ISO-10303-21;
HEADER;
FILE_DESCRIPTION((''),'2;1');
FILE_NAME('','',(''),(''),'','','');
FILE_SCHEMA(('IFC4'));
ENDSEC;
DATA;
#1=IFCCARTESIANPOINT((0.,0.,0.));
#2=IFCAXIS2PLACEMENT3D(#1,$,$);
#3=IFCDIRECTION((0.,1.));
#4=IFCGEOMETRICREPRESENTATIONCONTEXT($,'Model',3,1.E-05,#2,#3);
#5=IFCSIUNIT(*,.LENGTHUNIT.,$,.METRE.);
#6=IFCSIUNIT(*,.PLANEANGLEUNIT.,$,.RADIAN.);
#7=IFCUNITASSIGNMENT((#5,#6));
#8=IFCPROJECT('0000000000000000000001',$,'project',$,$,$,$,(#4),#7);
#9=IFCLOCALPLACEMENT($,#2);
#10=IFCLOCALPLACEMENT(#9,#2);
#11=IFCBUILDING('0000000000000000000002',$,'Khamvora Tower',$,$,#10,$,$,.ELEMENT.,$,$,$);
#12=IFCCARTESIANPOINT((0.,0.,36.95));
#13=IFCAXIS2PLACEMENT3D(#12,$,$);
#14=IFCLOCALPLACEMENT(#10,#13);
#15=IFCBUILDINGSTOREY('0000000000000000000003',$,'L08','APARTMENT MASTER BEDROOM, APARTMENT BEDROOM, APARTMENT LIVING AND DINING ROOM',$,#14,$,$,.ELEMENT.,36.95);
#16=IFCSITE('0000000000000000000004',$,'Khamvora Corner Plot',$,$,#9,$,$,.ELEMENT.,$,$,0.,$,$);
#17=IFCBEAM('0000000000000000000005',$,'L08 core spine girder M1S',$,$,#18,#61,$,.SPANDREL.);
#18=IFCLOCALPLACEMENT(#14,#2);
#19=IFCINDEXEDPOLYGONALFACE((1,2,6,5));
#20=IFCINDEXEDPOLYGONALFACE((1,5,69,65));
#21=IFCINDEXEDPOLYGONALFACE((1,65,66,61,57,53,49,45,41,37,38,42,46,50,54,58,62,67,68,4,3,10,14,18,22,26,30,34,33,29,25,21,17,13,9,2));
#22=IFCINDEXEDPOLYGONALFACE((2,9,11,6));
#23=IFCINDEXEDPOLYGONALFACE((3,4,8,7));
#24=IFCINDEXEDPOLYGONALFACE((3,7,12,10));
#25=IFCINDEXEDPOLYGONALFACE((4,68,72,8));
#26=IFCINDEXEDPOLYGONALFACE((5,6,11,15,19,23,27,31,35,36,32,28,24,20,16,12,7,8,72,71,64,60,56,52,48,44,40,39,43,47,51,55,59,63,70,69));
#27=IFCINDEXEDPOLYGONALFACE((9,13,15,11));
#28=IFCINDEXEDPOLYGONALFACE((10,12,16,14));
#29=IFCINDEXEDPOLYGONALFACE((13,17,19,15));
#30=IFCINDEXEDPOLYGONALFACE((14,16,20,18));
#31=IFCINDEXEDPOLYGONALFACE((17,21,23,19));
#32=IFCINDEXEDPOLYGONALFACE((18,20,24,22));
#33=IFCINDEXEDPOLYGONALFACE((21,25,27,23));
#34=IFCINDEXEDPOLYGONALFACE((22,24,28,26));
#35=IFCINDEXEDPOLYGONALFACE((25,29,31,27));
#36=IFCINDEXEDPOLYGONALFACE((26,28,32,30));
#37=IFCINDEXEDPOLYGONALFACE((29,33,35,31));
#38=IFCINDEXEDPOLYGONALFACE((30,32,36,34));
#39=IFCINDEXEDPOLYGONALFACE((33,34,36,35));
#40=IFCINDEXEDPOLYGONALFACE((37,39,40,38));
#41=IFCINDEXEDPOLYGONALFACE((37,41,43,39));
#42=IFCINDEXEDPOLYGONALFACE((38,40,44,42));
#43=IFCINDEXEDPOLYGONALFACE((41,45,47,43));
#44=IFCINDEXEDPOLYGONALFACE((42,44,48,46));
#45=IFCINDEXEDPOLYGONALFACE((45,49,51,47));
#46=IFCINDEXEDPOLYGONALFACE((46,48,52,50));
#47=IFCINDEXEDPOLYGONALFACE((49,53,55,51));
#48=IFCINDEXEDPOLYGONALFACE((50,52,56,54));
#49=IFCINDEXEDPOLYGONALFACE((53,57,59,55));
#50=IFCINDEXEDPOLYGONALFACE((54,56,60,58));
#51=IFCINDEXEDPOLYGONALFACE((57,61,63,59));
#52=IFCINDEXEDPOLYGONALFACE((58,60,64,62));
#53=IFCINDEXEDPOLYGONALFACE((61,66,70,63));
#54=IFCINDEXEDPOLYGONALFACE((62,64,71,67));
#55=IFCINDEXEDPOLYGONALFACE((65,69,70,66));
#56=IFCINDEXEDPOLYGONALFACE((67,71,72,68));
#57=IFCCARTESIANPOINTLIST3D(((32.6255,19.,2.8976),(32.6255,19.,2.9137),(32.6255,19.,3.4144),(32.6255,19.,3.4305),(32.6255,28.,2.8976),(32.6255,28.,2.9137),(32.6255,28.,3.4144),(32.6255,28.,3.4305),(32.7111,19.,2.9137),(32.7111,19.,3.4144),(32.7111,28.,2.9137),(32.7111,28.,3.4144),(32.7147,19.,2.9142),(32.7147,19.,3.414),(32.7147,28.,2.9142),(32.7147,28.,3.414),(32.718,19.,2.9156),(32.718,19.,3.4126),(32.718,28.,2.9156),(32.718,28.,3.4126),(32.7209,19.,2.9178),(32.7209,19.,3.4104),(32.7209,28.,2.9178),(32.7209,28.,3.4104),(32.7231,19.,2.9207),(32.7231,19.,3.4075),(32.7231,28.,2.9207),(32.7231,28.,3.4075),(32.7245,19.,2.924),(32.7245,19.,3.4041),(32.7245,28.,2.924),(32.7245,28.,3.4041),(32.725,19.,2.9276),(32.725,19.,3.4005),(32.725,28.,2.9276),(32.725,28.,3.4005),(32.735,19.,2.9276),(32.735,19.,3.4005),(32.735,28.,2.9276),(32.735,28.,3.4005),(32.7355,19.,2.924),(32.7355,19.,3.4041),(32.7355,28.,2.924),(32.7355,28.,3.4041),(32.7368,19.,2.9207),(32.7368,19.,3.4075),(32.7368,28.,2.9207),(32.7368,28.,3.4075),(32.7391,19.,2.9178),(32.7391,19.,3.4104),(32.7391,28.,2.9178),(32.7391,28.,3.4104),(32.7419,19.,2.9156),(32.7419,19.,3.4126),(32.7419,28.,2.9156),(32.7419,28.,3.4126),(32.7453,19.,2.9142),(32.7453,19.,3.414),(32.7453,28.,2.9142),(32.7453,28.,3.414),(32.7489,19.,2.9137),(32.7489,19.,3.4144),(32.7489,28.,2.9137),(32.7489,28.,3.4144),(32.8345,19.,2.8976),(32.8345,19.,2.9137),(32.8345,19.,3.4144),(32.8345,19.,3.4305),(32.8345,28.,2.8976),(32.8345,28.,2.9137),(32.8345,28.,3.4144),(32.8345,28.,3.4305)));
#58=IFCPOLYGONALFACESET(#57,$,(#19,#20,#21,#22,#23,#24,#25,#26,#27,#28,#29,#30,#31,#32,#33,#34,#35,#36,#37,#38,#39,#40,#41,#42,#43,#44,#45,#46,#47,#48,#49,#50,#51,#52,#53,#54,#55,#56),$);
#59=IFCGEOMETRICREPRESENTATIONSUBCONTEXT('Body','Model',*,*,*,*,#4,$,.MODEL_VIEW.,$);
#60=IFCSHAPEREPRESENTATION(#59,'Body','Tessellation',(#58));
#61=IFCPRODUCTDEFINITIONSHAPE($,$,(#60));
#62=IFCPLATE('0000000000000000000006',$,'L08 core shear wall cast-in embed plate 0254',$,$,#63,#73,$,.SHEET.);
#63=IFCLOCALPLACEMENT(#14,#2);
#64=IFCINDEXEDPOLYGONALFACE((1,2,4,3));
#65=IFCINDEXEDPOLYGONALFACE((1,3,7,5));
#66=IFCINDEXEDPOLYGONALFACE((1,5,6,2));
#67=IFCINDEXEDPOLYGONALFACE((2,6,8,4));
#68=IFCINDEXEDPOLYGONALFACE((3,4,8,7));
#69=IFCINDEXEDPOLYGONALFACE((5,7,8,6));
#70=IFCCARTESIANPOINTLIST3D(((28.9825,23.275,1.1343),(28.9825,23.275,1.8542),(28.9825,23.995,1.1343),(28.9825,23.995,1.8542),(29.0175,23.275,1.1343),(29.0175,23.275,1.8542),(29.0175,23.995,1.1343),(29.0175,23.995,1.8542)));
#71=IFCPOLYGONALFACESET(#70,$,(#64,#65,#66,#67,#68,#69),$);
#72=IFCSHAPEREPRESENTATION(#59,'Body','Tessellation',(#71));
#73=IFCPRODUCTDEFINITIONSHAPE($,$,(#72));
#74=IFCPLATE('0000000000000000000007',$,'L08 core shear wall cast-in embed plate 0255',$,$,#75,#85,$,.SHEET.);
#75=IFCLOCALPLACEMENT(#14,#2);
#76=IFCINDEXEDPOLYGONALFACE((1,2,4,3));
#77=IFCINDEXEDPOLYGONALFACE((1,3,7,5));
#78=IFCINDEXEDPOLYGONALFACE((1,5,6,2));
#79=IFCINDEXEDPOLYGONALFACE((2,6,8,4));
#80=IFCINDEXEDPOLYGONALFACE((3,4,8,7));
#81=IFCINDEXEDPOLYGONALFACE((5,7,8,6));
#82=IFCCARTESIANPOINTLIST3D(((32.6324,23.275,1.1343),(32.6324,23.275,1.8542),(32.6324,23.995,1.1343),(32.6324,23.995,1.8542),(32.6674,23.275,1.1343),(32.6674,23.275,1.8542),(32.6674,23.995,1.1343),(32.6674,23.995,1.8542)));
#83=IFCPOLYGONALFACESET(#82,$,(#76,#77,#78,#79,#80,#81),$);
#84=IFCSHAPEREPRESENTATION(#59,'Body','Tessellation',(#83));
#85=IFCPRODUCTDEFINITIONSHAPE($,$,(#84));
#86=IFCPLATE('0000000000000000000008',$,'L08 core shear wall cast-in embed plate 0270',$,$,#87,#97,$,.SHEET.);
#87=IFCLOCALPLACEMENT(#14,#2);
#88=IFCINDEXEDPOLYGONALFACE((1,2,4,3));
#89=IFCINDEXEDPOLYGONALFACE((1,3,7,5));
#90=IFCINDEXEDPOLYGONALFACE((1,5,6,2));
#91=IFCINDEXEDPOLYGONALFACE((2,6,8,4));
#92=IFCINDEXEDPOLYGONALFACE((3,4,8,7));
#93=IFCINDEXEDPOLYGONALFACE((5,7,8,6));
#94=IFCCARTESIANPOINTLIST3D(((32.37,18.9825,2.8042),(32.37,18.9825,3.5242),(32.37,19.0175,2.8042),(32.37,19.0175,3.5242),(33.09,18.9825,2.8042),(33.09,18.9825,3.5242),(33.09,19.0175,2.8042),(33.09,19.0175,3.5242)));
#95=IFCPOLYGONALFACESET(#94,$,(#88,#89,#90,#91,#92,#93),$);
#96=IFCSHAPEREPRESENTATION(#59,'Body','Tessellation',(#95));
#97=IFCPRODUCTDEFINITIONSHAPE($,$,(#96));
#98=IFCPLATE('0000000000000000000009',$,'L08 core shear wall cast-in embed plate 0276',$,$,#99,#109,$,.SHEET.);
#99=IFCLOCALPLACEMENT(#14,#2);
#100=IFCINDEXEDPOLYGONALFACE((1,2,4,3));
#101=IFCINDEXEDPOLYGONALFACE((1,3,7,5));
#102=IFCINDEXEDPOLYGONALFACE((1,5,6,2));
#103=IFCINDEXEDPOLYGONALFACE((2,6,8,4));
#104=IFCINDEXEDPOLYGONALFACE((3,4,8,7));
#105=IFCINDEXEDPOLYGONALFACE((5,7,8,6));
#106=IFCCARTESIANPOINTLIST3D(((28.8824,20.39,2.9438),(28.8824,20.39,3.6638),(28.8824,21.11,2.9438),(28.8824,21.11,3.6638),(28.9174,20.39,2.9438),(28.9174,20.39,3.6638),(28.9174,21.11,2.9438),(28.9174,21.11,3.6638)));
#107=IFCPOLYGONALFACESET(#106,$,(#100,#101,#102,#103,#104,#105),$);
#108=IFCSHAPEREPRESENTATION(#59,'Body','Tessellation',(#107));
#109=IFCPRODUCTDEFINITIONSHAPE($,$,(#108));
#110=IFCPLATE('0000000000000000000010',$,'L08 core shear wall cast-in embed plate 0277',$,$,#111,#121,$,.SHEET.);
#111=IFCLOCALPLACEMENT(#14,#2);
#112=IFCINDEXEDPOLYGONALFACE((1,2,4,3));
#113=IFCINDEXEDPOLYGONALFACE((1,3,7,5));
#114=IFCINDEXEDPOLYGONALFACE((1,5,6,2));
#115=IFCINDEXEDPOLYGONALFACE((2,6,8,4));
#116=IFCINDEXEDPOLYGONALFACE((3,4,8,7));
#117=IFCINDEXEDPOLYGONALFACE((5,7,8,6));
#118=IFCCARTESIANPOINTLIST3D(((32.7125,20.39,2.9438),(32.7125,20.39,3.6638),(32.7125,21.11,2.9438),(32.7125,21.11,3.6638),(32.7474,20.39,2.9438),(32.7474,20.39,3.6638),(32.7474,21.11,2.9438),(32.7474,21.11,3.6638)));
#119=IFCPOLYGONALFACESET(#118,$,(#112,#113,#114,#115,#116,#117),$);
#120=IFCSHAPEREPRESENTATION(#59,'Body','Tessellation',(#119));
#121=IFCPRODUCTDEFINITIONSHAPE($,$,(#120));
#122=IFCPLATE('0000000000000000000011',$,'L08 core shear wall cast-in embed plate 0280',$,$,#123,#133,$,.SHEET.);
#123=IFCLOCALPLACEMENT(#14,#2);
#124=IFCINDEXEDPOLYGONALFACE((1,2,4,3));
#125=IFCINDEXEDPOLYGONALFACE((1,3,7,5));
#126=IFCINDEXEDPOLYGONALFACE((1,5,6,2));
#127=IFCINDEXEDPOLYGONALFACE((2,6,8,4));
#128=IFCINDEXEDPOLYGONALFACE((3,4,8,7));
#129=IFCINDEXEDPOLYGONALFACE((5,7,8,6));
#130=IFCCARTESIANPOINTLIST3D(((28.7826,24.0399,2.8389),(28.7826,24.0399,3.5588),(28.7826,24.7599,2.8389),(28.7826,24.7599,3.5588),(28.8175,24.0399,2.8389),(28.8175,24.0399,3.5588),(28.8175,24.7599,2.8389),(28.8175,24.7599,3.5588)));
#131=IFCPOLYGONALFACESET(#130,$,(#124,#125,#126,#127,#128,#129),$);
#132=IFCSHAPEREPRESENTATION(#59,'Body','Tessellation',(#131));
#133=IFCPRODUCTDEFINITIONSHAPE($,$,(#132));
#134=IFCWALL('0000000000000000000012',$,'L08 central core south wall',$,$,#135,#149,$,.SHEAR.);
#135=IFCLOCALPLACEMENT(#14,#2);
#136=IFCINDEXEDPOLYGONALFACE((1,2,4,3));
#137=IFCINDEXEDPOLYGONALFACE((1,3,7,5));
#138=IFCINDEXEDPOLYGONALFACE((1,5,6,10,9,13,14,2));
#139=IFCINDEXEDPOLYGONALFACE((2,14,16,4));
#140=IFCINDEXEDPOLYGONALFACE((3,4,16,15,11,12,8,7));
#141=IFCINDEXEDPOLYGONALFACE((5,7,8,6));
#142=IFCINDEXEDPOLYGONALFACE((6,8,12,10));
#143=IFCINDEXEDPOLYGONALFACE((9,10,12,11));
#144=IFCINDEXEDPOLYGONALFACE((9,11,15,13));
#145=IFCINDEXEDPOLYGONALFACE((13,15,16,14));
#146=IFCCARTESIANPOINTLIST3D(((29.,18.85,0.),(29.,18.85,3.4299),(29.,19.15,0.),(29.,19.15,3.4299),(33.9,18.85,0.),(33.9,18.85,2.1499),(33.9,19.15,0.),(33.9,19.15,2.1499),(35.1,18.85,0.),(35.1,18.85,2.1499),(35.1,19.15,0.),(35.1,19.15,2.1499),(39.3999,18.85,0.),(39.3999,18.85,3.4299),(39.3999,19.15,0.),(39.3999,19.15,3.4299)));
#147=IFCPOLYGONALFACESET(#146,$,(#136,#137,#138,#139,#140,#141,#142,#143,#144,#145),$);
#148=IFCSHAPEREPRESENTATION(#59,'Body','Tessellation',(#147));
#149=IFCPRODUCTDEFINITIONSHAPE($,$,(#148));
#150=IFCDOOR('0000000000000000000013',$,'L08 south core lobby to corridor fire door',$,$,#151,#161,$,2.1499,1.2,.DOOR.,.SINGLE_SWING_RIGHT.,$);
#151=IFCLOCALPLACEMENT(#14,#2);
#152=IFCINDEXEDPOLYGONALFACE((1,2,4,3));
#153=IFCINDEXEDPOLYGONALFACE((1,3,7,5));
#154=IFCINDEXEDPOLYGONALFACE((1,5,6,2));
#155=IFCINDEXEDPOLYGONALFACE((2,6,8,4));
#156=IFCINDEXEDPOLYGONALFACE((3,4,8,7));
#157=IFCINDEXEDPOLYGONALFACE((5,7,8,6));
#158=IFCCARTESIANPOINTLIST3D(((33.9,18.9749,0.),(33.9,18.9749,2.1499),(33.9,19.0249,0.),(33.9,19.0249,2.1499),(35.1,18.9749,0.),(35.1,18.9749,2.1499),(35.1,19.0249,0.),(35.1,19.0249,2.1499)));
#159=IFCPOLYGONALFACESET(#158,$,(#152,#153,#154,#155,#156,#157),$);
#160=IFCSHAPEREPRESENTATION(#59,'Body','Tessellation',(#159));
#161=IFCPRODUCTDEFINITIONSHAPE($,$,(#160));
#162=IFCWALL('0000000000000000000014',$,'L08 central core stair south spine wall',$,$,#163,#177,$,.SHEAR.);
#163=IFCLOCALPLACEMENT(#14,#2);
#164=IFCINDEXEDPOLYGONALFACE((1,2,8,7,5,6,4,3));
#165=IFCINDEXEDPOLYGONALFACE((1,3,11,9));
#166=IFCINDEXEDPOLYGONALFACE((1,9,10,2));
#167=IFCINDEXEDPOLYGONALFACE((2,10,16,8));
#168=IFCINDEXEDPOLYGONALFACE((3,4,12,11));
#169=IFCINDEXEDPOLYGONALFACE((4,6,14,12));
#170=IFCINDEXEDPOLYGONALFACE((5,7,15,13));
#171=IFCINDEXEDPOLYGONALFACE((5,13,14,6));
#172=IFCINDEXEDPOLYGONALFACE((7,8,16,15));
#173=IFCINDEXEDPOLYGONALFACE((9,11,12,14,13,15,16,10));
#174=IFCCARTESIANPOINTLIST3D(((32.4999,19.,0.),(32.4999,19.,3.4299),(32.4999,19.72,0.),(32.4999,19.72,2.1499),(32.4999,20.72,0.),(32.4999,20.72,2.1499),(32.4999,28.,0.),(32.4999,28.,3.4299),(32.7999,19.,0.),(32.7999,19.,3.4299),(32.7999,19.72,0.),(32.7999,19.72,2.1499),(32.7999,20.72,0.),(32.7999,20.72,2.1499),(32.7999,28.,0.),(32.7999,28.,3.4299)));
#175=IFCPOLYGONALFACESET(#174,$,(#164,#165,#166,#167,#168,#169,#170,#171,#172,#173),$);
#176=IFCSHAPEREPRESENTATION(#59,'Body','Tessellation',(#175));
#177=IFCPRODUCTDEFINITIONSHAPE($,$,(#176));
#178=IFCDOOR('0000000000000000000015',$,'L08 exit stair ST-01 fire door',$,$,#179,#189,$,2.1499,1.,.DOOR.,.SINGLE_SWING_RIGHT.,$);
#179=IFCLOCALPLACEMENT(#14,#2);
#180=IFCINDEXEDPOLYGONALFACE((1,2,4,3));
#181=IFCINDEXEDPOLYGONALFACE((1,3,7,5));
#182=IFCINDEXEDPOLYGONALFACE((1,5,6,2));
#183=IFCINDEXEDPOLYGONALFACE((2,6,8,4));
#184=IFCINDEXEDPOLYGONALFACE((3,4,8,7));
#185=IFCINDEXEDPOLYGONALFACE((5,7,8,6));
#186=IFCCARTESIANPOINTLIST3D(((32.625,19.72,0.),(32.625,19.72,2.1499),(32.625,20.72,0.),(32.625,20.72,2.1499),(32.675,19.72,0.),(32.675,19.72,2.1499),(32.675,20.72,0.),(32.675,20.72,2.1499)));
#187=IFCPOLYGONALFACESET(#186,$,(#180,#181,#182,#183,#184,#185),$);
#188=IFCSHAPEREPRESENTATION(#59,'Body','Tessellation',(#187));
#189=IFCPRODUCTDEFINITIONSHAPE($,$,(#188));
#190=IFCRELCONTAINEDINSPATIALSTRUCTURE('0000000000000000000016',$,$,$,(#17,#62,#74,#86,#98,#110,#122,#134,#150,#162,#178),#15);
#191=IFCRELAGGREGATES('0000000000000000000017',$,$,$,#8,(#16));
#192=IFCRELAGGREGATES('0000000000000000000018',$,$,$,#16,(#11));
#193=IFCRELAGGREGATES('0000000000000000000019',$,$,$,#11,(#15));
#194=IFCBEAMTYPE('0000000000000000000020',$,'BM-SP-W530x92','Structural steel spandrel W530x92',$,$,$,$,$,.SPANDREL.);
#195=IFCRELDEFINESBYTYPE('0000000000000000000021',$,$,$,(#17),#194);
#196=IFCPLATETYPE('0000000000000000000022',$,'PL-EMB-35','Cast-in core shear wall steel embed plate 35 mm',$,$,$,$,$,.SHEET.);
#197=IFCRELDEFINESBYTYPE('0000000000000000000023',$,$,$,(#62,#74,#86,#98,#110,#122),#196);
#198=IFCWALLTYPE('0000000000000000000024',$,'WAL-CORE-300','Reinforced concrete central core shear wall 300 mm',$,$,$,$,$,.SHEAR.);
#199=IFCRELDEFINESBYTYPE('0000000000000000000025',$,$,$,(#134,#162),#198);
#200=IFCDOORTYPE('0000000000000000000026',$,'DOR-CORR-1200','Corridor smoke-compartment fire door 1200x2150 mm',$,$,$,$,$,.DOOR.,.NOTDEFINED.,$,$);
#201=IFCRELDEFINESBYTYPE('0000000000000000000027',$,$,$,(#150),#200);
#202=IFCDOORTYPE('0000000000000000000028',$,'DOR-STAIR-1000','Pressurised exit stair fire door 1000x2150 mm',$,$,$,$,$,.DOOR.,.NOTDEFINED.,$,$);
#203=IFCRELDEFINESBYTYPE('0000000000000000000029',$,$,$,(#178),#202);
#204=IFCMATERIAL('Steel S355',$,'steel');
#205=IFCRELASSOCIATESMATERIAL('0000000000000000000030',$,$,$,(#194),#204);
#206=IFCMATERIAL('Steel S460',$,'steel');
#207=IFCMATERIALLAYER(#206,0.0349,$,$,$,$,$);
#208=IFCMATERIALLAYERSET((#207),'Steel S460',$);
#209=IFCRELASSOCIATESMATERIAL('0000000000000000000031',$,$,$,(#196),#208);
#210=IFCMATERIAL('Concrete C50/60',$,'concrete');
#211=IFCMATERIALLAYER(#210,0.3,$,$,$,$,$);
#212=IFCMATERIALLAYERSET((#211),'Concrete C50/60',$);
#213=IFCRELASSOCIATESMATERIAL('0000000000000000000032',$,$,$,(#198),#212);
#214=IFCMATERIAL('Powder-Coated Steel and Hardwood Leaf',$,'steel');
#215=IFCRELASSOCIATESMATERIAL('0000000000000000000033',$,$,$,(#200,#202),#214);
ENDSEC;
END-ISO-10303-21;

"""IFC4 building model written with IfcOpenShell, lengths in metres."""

from ifc_helpers import new_model, si_unit, direction, frame, frame_2d, origin, origin_2d, place, context, subcontext, project, spatial, rectangle, i_section, extrude, material, layer, layer_set, material_profile, profile_set, type_object, element, fill, save


model = new_model("IFC4")

# Units and contexts
model_context = context("Model", 3, precision=1e-05, world=origin(), true_north=direction((0.0, 1.0)))
body_context = subcontext(model_context, "Body", "Model", "MODEL_VIEW")
ifc_project = project(units=[si_unit("LENGTHUNIT", "METRE"), si_unit("PLANEANGLEUNIT", "RADIAN")], contexts=[model_context])

# Site, building, storey
site_placement = place(None, origin())
site = spatial("IfcSite", under=ifc_project, at=site_placement, Name="Khamvora Corner Plot", CompositionType="ELEMENT", RefElevation=0.0)
building_placement = place(site_placement, origin())
building = spatial("IfcBuilding", under=site, at=building_placement, Name="Khamvora Tower", CompositionType="ELEMENT")
storey_placement = place(building_placement, frame((0.0, 0.0, 36.95)))
storey = spatial("IfcBuildingStorey", under=building, at=storey_placement, Name="L08", Description="APARTMENT MASTER BEDROOM, APARTMENT BEDROOM, APARTMENT LIVING AND DINING ROOM", CompositionType="ELEMENT", Elevation=36.95)

# Beam
ifc_material_1 = material(Name="Steel S355", Category="steel")
ifc_material_profile_1 = material_profile(ifc_material_1, i_section(OverallWidth=0.209, OverallDepth=0.533, WebThickness=0.01, FlangeThickness=0.0161, FilletRadius=0.0139, at=origin_2d()), Name="W530x92")
ifc_profile_set_1 = profile_set([ifc_material_profile_1], Name="Steel S355")
beam_type_1 = type_object("IfcBeamType", Name="BM-SP-W530x92", Description="Structural steel spandrel W530x92", PredefinedType="SPANDREL", material=ifc_profile_set_1)
beam_1_placement = place(storey_placement, frame((32.73, 19.0, 3.1641), z_axis=(0.0, 1.0, 0.0), x_axis=(-1.0, 0.0, 0.0)))
element("IfcBeam", 1, at=beam_1_placement, inside=storey, type_object=beam_type_1, Name="L08 core spine girder M1S", PredefinedType="SPANDREL", context=body_context, shape_type="SweptSolid", body=[
    extrude(i_section(OverallWidth=0.209, OverallDepth=0.533, WebThickness=0.01, FlangeThickness=0.0161, FilletRadius=0.0139, at=origin_2d()), origin(), (0.0, 0.0, 1.0), 9.0),
])

# Plates
ifc_material_2 = material(Name="Steel S460", Category="steel")
ifc_layer_1 = layer(ifc_material_2, 0.0349)
ifc_layer_set_1 = layer_set([ifc_layer_1], Name="Steel S460")
plate_type = type_object("IfcPlateType", Name="PL-EMB-35", Description="Cast-in core shear wall steel embed plate 35 mm", PredefinedType="SHEET", material=ifc_layer_set_1)
for number, where, z_axis, x_axis, name in (
    (2, (29.0, 23.635, 1.1343), (0.0, 0.0, 1.0), (1.0, 0.0, 0.0), "L08 core shear wall cast-in embed plate 0254"),
    (3, (32.6499, 23.635, 1.1343), (0.0, 0.0, 1.0), (1.0, 0.0, 0.0), "L08 core shear wall cast-in embed plate 0255"),
):
    element("IfcPlate", number, at=place(storey_placement, frame(where, z_axis=z_axis, x_axis=x_axis)), inside=storey, type_object=plate_type, Name=name, PredefinedType="SHEET", context=body_context, shape_type="SweptSolid", body=[
        extrude(rectangle(XDim=0.0349, YDim=0.72, at=origin_2d()), origin(), (0.0, 0.0, 1.0), 0.72),
    ])
plate_placement = place(storey_placement, frame((32.73, 19.0, 2.8042), z_axis=(0.0, 0.0, 1.0), x_axis=(1.0, 0.0, 0.0)))
element("IfcPlate", 4, at=plate_placement, inside=storey, type_object=plate_type, Name="L08 core shear wall cast-in embed plate 0270", PredefinedType="SHEET", context=body_context, shape_type="SweptSolid", body=[
    extrude(rectangle(XDim=0.72, YDim=0.0349, at=origin_2d()), origin(), (0.0, 0.0, 1.0), 0.72),
])
for number, where, z_axis, x_axis, name in (
    (5, (28.8999, 20.75, 2.9438), (0.0, 0.0, 1.0), (1.0, 0.0, 0.0), "L08 core shear wall cast-in embed plate 0276"),
    (6, (32.73, 20.75, 2.9438), (0.0, 0.0, 1.0), (1.0, 0.0, 0.0), "L08 core shear wall cast-in embed plate 0277"),
    (7, (28.8, 24.3999, 2.8389), (0.0, 0.0, 1.0), (1.0, 0.0, 0.0), "L08 core shear wall cast-in embed plate 0280"),
):
    element("IfcPlate", number, at=place(storey_placement, frame(where, z_axis=z_axis, x_axis=x_axis)), inside=storey, type_object=plate_type, Name=name, PredefinedType="SHEET", context=body_context, shape_type="SweptSolid", body=[
        extrude(rectangle(XDim=0.0349, YDim=0.72, at=origin_2d()), origin(), (0.0, 0.0, 1.0), 0.72),
    ])

# Walls, openings, doors
ifc_material_3 = material(Name="Concrete C50/60", Category="concrete")
ifc_layer_2 = layer(ifc_material_3, 0.3)
ifc_layer_set_2 = layer_set([ifc_layer_2], Name="Concrete C50/60")
wall_type_1 = type_object("IfcWallType", Name="WAL-CORE-300", Description="Reinforced concrete central core shear wall 300 mm", PredefinedType="SHEAR", material=ifc_layer_set_2)
wall_1_placement = place(storey_placement, frame((29.0, 19.0, 0.0), z_axis=(0.0, 0.0, 1.0), x_axis=(1.0, 0.0, 0.0)))
wall_1 = element("IfcWall", 8, at=wall_1_placement, inside=storey, type_object=wall_type_1, Name="L08 central core south wall", PredefinedType="SHEAR", context=body_context, shape_type="SweptSolid", body=[
    extrude(rectangle(XDim=10.3999, YDim=0.3, at=frame_2d((5.2, 0.0))), origin(), (0.0, 0.0, 1.0), 3.4299),
])
opening_1_placement = place(wall_1_placement, frame((4.8999, 0.0, 0.0)))
opening_1 = element("IfcOpeningElement", 9, at=opening_1_placement, cuts=wall_1, PredefinedType="OPENING", context=body_context, shape_type="SweptSolid", body=[
    extrude(rectangle(XDim=1.2, YDim=2.1499, at=frame_2d((0.6001, 1.075))), frame((0.0, 0.1599, 0.0), z_axis=(0.0, -1.0, 0.0), x_axis=(1.0, 0.0, 0.0)), (0.0, 0.0, 1.0), 0.3201),
])
ifc_material_4 = material(Name="Powder-Coated Steel and Hardwood Leaf", Category="steel")
door_type_1 = type_object("IfcDoorType", Name="DOR-CORR-1200", Description="Corridor smoke-compartment fire door 1200x2150 mm", OperationType="NOTDEFINED", PredefinedType="DOOR", material=ifc_material_4)
door_1_placement = place(opening_1_placement, origin())
door_1 = element("IfcDoor", 10, at=door_1_placement, inside=storey, type_object=door_type_1, Name="L08 south core lobby to corridor fire door", OperationType="SINGLE_SWING_RIGHT", OverallHeight=2.1499, OverallWidth=1.2, PredefinedType="DOOR", context=body_context, shape_type="SweptSolid", body=[
    extrude(rectangle(XDim=1.2, YDim=2.1499, at=frame_2d((0.6001, 1.075))), frame((0.0, 0.0249, 0.0), z_axis=(0.0, -1.0, 0.0), x_axis=(1.0, 0.0, 0.0)), (0.0, 0.0, 1.0), 0.05),
])
fill(opening_1, door_1)
wall_2_placement = place(storey_placement, frame((32.6499, 19.0, 0.0), z_axis=(0.0, 0.0, 1.0), x_axis=(0.0, 1.0, 0.0)))
wall_2 = element("IfcWall", 11, at=wall_2_placement, inside=storey, type_object=wall_type_1, Name="L08 central core stair south spine wall", PredefinedType="SHEAR", context=body_context, shape_type="SweptSolid", body=[
    extrude(rectangle(XDim=9.0, YDim=0.3, at=frame_2d((4.5, 0.0))), origin(), (0.0, 0.0, 1.0), 3.4299),
])
opening_2_placement = place(wall_2_placement, frame((0.72, 0.0, 0.0)))
opening_2 = element("IfcOpeningElement", 12, at=opening_2_placement, cuts=wall_2, PredefinedType="OPENING", context=body_context, shape_type="SweptSolid", body=[
    extrude(rectangle(XDim=1.0, YDim=2.1499, at=frame_2d((0.5, 1.075))), frame((0.0, 0.1599, 0.0), z_axis=(0.0, -1.0, 0.0), x_axis=(1.0, 0.0, 0.0)), (0.0, 0.0, 1.0), 0.3201),
])
door_type_2 = type_object("IfcDoorType", Name="DOR-STAIR-1000", Description="Pressurised exit stair fire door 1000x2150 mm", OperationType="NOTDEFINED", PredefinedType="DOOR", material=ifc_material_4)
door_2_placement = place(opening_2_placement, origin())
door_2 = element("IfcDoor", 13, at=door_2_placement, inside=storey, type_object=door_type_2, Name="L08 exit stair ST-01 fire door", OperationType="SINGLE_SWING_RIGHT", OverallHeight=2.1499, OverallWidth=1.0, PredefinedType="DOOR", context=body_context, shape_type="SweptSolid", body=[
    extrude(rectangle(XDim=1.0, YDim=2.1499, at=frame_2d((0.5, 1.075))), frame((0.0, 0.0249, 0.0), z_axis=(0.0, -1.0, 0.0), x_axis=(1.0, 0.0, 0.0)), (0.0, 0.0, 1.0), 0.05),
])
fill(opening_2, door_2)

save(model, "model.ifc")
